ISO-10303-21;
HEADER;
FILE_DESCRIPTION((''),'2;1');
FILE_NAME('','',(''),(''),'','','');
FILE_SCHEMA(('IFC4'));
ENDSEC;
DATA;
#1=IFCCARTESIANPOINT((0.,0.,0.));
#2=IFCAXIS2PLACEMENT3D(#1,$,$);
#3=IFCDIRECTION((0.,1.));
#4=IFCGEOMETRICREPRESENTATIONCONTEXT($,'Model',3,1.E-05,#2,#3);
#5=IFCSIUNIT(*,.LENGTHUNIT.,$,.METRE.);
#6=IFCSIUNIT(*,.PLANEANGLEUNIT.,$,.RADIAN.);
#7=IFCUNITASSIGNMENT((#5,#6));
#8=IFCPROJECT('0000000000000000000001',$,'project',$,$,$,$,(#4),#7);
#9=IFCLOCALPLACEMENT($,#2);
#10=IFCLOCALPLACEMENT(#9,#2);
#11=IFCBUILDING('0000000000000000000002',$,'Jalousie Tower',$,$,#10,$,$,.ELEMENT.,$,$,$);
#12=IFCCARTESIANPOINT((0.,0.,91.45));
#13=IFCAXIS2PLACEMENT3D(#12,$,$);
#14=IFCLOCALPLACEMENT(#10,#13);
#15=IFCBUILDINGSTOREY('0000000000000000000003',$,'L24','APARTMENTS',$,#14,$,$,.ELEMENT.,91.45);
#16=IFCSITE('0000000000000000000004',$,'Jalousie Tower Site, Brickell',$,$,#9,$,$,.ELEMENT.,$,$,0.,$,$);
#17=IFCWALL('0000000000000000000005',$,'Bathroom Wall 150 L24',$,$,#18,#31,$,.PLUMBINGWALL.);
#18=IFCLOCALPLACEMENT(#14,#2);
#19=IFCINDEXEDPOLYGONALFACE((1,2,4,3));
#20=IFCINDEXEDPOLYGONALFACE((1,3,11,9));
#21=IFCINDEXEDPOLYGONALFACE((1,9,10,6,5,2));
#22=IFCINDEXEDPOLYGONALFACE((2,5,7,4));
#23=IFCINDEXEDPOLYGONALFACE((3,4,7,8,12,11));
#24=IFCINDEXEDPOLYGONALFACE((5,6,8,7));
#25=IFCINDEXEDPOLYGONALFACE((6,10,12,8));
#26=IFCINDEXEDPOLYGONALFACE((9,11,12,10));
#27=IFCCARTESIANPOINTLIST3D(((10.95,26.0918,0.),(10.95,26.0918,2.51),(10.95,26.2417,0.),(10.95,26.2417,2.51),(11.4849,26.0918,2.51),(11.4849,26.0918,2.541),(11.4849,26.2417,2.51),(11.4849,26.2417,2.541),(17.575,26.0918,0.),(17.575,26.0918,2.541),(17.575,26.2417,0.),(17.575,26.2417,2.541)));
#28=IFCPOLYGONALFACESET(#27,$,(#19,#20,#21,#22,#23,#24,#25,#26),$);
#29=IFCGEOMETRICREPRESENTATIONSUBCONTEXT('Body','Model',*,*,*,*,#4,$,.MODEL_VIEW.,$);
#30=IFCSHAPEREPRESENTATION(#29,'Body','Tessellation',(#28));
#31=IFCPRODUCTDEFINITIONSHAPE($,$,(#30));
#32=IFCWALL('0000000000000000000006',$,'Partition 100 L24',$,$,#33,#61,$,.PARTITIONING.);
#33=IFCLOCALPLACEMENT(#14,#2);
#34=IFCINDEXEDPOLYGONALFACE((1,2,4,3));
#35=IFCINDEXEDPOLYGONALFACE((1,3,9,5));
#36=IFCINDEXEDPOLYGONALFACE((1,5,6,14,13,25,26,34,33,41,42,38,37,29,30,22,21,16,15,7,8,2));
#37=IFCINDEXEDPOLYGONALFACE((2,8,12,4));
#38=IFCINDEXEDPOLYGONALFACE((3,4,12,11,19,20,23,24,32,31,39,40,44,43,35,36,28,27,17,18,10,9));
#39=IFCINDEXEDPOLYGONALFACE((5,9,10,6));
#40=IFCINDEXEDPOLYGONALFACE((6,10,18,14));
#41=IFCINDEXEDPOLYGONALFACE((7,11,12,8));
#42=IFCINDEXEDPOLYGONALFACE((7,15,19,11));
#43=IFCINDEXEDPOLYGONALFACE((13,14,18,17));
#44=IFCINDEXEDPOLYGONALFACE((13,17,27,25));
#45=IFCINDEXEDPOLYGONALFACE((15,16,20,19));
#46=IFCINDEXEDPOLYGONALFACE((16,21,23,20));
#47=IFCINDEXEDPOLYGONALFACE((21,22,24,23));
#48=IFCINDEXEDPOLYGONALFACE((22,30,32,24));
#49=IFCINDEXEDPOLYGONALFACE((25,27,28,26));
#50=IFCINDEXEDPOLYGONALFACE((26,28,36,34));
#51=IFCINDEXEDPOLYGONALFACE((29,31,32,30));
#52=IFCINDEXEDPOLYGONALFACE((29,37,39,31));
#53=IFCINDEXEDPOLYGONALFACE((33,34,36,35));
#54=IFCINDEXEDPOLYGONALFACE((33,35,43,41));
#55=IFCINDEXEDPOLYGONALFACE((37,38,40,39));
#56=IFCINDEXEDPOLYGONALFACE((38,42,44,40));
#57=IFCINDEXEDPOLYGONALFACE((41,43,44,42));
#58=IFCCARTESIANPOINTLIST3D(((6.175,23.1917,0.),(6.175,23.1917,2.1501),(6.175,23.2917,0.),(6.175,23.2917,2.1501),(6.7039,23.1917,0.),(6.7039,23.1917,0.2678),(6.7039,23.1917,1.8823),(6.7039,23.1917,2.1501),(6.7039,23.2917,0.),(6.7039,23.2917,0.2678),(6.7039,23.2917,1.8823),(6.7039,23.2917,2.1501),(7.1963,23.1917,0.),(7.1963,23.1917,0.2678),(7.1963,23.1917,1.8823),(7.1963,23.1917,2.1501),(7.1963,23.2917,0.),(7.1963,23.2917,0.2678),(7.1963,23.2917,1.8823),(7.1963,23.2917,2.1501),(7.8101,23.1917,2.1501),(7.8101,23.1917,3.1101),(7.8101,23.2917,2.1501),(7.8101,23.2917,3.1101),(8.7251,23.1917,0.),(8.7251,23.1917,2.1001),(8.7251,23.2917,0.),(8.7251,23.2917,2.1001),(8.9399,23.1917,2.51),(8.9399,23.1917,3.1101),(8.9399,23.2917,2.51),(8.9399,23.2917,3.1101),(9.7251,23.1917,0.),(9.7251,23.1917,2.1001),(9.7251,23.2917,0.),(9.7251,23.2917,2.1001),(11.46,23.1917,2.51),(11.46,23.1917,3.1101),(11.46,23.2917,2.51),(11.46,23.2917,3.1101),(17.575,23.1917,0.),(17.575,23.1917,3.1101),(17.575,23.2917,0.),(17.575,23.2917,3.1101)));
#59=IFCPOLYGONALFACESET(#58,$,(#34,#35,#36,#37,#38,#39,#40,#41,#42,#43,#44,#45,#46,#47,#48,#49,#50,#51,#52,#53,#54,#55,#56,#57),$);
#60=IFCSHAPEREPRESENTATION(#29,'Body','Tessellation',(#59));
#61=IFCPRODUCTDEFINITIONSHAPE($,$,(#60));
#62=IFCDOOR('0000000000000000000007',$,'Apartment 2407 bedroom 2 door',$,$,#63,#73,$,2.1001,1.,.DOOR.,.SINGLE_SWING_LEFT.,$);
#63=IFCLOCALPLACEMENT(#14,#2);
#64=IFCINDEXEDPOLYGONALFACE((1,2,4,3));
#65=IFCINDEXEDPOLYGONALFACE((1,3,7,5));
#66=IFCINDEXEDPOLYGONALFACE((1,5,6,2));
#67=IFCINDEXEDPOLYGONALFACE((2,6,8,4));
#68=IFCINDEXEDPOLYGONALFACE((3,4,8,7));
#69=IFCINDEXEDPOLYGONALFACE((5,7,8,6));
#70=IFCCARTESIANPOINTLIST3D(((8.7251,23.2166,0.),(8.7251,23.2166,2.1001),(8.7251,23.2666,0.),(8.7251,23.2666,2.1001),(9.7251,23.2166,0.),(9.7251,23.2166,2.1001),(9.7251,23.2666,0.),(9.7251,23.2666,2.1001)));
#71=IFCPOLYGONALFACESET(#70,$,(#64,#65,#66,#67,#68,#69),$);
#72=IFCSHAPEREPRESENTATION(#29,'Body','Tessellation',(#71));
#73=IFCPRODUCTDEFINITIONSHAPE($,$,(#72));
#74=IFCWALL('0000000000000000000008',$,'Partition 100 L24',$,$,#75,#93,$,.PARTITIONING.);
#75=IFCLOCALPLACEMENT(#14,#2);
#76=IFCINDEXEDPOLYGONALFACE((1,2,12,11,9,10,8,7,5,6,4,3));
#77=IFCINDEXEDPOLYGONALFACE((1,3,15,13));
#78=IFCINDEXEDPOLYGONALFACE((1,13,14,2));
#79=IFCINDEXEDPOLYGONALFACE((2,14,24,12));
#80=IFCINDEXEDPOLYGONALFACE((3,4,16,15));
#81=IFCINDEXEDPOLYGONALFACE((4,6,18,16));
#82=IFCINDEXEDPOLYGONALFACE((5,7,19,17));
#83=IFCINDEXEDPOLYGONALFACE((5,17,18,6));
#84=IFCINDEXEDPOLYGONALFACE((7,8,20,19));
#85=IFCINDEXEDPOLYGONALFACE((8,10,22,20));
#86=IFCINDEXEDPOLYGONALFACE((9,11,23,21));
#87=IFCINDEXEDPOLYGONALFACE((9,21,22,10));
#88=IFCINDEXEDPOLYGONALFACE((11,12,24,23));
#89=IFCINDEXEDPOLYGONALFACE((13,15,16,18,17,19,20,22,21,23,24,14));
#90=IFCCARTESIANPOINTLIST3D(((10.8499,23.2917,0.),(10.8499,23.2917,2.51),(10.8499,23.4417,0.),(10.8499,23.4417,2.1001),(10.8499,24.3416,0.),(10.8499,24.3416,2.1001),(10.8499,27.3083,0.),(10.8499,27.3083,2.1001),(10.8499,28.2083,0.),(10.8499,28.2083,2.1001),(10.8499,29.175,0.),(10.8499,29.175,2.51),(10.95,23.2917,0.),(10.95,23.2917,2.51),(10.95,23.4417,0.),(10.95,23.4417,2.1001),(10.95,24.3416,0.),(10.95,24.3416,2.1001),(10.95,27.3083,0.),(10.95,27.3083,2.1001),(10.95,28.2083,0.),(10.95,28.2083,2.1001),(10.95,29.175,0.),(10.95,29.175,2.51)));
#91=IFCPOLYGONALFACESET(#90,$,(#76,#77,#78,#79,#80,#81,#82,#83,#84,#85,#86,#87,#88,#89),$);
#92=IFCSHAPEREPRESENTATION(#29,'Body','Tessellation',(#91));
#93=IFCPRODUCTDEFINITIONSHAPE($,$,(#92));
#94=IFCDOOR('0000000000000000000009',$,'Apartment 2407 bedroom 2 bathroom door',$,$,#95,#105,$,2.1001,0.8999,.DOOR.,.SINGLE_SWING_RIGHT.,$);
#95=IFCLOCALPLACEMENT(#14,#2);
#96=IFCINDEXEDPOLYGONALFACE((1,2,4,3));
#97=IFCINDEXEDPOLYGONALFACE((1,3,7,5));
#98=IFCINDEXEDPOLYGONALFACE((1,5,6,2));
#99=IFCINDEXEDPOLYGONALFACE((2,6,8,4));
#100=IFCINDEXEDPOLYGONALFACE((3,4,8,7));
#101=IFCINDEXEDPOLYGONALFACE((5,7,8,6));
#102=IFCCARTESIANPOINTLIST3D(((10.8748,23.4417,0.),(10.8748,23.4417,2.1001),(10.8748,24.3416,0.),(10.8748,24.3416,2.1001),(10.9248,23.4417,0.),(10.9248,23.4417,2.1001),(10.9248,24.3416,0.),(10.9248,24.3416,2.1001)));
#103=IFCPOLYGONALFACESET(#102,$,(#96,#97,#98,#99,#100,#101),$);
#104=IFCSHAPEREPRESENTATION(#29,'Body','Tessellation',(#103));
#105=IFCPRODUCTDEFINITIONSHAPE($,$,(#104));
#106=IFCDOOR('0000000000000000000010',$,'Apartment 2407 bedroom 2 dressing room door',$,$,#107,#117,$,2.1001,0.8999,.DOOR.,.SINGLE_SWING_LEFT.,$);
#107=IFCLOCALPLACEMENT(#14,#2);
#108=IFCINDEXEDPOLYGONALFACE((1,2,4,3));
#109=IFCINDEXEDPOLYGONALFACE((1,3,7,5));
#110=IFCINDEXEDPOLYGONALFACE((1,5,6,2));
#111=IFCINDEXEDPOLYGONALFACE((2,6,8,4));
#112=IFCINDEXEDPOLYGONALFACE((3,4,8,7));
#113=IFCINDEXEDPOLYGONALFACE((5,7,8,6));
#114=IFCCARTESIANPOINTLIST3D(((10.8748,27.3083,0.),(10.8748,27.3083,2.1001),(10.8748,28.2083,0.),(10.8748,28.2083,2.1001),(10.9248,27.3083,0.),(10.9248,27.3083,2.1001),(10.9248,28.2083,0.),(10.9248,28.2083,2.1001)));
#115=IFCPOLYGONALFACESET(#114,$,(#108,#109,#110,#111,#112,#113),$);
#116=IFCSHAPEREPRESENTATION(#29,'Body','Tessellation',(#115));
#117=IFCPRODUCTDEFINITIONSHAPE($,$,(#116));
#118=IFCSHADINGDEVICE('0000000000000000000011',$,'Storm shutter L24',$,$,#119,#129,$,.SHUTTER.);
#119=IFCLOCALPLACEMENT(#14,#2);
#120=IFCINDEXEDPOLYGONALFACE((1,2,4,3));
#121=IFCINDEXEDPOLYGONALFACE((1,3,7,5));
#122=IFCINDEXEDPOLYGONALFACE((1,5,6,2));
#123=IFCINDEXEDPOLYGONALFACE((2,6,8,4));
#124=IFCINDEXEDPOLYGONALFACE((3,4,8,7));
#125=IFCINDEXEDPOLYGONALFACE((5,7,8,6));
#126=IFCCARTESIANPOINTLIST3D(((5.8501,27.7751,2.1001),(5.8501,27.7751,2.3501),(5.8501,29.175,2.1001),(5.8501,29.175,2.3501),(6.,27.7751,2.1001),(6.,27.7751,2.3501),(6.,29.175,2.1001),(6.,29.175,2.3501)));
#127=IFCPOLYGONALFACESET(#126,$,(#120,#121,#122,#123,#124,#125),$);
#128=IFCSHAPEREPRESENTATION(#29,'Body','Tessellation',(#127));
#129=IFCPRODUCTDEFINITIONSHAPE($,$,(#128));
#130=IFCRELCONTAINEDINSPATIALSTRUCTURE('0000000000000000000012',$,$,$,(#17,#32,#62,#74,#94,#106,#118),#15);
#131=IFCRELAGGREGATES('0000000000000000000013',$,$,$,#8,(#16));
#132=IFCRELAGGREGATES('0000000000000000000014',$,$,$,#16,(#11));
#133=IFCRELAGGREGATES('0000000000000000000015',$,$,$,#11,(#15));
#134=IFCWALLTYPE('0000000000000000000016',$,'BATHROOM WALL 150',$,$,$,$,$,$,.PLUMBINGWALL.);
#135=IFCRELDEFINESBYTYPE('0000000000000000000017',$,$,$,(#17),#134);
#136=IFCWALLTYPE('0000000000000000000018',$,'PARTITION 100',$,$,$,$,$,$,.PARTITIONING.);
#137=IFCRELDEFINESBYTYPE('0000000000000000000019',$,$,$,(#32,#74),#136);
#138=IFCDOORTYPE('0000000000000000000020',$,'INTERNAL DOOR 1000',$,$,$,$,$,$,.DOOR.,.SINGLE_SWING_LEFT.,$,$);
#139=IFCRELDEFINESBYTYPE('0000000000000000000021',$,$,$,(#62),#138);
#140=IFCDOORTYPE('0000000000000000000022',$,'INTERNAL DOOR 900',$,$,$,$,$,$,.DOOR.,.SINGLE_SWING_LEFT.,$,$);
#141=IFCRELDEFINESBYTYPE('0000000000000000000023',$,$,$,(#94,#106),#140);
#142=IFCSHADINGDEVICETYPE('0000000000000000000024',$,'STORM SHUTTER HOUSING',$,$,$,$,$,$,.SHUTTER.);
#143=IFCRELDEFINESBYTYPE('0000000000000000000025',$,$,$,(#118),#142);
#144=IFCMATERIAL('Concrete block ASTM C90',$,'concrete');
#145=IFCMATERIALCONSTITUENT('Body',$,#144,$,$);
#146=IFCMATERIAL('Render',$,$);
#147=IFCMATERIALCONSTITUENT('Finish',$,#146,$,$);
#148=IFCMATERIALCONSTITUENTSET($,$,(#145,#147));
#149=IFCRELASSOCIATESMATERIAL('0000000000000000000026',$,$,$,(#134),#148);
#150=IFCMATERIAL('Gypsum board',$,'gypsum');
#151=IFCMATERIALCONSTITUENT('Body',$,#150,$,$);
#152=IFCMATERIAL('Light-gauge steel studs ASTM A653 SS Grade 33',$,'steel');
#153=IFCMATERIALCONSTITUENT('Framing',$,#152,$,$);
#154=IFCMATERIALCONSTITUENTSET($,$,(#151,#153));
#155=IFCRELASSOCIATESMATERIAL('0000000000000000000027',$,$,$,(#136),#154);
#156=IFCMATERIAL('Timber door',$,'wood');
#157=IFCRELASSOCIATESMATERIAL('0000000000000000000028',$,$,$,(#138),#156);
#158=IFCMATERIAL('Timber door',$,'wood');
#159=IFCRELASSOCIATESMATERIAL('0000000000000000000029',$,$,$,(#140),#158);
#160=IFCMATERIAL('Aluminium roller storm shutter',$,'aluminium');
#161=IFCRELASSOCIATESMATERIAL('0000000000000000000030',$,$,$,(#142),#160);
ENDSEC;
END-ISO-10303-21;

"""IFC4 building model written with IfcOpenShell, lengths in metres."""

from ifc_helpers import new_model, si_unit, direction, frame, frame_2d, origin, origin_2d, place, context, subcontext, project, spatial, polyline, rectangle, outline, extrude, material, constituent, constituent_set, type_object, element, fill, save


model = new_model("IFC4")

# Units and contexts
model_context = context("Model", 3, precision=1e-05, world=origin(), true_north=direction((0.0, 1.0)))
body_context = subcontext(model_context, "Body", "Model", "MODEL_VIEW")
ifc_project = project(units=[si_unit("LENGTHUNIT", "METRE"), si_unit("PLANEANGLEUNIT", "RADIAN")], contexts=[model_context])

# Site, building, storey
site_placement = place(None, origin())
site = spatial("IfcSite", under=ifc_project, at=site_placement, Name="Jalousie Tower Site, Brickell", CompositionType="ELEMENT", RefElevation=0.0)
building_placement = place(site_placement, origin())
building = spatial("IfcBuilding", under=site, at=building_placement, Name="Jalousie Tower", CompositionType="ELEMENT")
storey_placement = place(building_placement, frame((0.0, 0.0, 91.45)))
storey = spatial("IfcBuildingStorey", under=building, at=storey_placement, Name="L24", Description="APARTMENTS", CompositionType="ELEMENT", Elevation=91.45)

# Wall
ifc_material_1 = material(Name="Concrete block ASTM C90", Category="concrete")
ifc_constituent_1 = constituent(ifc_material_1, Name="Body")
ifc_material_2 = material(Name="Render")
ifc_constituent_2 = constituent(ifc_material_2, Name="Finish")
ifc_constituent_set_1 = constituent_set(constituents=[ifc_constituent_1, ifc_constituent_2])
wall_type_1 = type_object("IfcWallType", Name="BATHROOM WALL 150", PredefinedType="PLUMBINGWALL", material=ifc_constituent_set_1)
wall_1_placement = place(storey_placement, frame((10.95, 26.1667, 0.0), z_axis=(0.0, 0.0, 1.0), x_axis=(1.0, 0.0, 0.0)))
element("IfcWall", 1, at=wall_1_placement, inside=storey, type_object=wall_type_1, Name="Bathroom Wall 150 L24", PredefinedType="PLUMBINGWALL", context=body_context, shape_type="SweptSolid", body=[
    extrude(outline(polyline([(0.0, 0.0), (6.625, 0.0), (6.625, 3.1101), (6.625, 2.541), (0.5349, 2.541), (0.5349, 2.51), (0.0, 2.51), (0.0, 3.1101), (0.0, 0.0)])), frame((0.0, 0.075, 0.0), z_axis=(0.0, -1.0, 0.0), x_axis=(1.0, 0.0, 0.0)), (0.0, 0.0, 1.0), 0.1499),
])

# Wall, opening, door
ifc_material_3 = material(Name="Gypsum board", Category="gypsum")
ifc_constituent_3 = constituent(ifc_material_3, Name="Body")
ifc_material_4 = material(Name="Light-gauge steel studs ASTM A653 SS Grade 33", Category="steel")
ifc_constituent_4 = constituent(ifc_material_4, Name="Framing")
ifc_constituent_set_2 = constituent_set(constituents=[ifc_constituent_3, ifc_constituent_4])
wall_type_2 = type_object("IfcWallType", Name="PARTITION 100", PredefinedType="PARTITIONING", material=ifc_constituent_set_2)
wall_2_placement = place(storey_placement, frame((6.175, 23.2417, 0.0), z_axis=(0.0, 0.0, 1.0), x_axis=(1.0, 0.0, 0.0)))
wall_2 = element("IfcWall", 2, at=wall_2_placement, inside=storey, type_object=wall_type_2, Name="Partition 100 L24", PredefinedType="PARTITIONING", context=body_context, shape_type="SweptSolid", body=[
    extrude(outline(polyline([(0.5288, 2.1501), (0.0, 2.1501), (0.0, 0.0), (0.5288, 0.0), (0.5288, 0.2678), (1.0212, 0.2678), (1.0212, 0.0), (11.3999, 0.0), (11.3999, 3.1101), (5.2849, 3.1101), (5.2849, 2.51), (2.7649, 2.51), (2.7649, 3.1101), (1.635, 3.1101), (1.635, 2.1501), (1.0212, 2.1501), (1.0212, 1.8823), (0.5288, 1.8823), (0.5288, 2.1501)])), frame((0.0, 0.05, 0.0), z_axis=(0.0, -1.0, 0.0), x_axis=(1.0, 0.0, 0.0)), (0.0, 0.0, 1.0), 0.1001),
])
opening_1_placement = place(wall_2_placement, frame((2.55, 0.0, 0.0)))
opening_1 = element("IfcOpeningElement", 3, at=opening_1_placement, cuts=wall_2, PredefinedType="OPENING", context=body_context, shape_type="SweptSolid", body=[
    extrude(rectangle(XDim=1.0, YDim=2.1001, at=frame_2d((0.5, 1.05))), frame((0.0, 0.0601, 0.0), z_axis=(0.0, -1.0, 0.0), x_axis=(1.0, 0.0, 0.0)), (0.0, 0.0, 1.0), 0.1201),
])
ifc_material_5 = material(Name="Timber door", Category="wood")
door_type_1 = type_object("IfcDoorType", Name="INTERNAL DOOR 1000", OperationType="SINGLE_SWING_LEFT", PredefinedType="DOOR", material=ifc_material_5)
door_1_placement = place(opening_1_placement, origin())
door_1 = element("IfcDoor", 4, at=door_1_placement, inside=storey, type_object=door_type_1, Name="Apartment 2407 bedroom 2 door", OperationType="SINGLE_SWING_LEFT", OverallHeight=2.1001, OverallWidth=1.0, PredefinedType="DOOR", context=body_context, shape_type="SweptSolid", body=[
    extrude(rectangle(XDim=1.0, YDim=2.1001, at=frame_2d((0.5, 1.05))), frame((0.0, 0.0249, 0.0), z_axis=(0.0, -1.0, 0.0), x_axis=(1.0, 0.0, 0.0)), (0.0, 0.0, 1.0), 0.05),
])
fill(opening_1, door_1)

# Wall, openings, doors
wall_3_placement = place(storey_placement, frame((10.8999, 23.2917, 0.0), z_axis=(0.0, 0.0, 1.0), x_axis=(0.0, 1.0, 0.0)))
wall_3 = element("IfcWall", 5, at=wall_3_placement, inside=storey, type_object=wall_type_2, Name="Partition 100 L24", PredefinedType="PARTITIONING", context=body_context, shape_type="SweptSolid", body=[
    extrude(outline(polyline([(0.0, 0.0), (5.8833, 0.0), (5.8833, 3.1101), (5.8833, 2.51), (1.7683, 2.51), (0.0, 2.51), (0.0, 3.1101), (0.0, 0.0)])), frame((0.0, 0.05, 0.0), z_axis=(0.0, -1.0, 0.0), x_axis=(1.0, 0.0, 0.0)), (0.0, 0.0, 1.0), 0.1001),
])
opening_2_placement = place(wall_3_placement, frame((0.1499, 0.0, 0.0)))
opening_2 = element("IfcOpeningElement", 6, at=opening_2_placement, cuts=wall_3, PredefinedType="OPENING", context=body_context, shape_type="SweptSolid", body=[
    extrude(rectangle(XDim=0.8999, YDim=2.1001, at=frame_2d((0.45, 1.05))), frame((0.0, 0.0601, 0.0), z_axis=(0.0, -1.0, 0.0), x_axis=(1.0, 0.0, 0.0)), (0.0, 0.0, 1.0), 0.1201),
])
opening_3_placement = place(wall_3_placement, frame((4.0166, 0.0, 0.0)))
opening_3 = element("IfcOpeningElement", 7, at=opening_3_placement, cuts=wall_3, PredefinedType="OPENING", context=body_context, shape_type="SweptSolid", body=[
    extrude(rectangle(XDim=0.8999, YDim=2.1001, at=frame_2d((0.45, 1.05))), frame((0.0, 0.0601, 0.0), z_axis=(0.0, -1.0, 0.0), x_axis=(1.0, 0.0, 0.0)), (0.0, 0.0, 1.0), 0.1201),
])
ifc_material_6 = material(Name="Timber door", Category="wood")
door_type_2 = type_object("IfcDoorType", Name="INTERNAL DOOR 900", OperationType="SINGLE_SWING_LEFT", PredefinedType="DOOR", material=ifc_material_6)
door_2_placement = place(opening_2_placement, frame((0.8999, 0.0, 0.0), z_axis=(0.0, 0.0, 1.0), x_axis=(-1.0, 0.0, 0.0)))
door_2 = element("IfcDoor", 8, at=door_2_placement, inside=storey, type_object=door_type_2, Name="Apartment 2407 bedroom 2 bathroom door", OperationType="SINGLE_SWING_RIGHT", OverallHeight=2.1001, OverallWidth=0.8999, PredefinedType="DOOR", context=body_context, shape_type="SweptSolid", body=[
    extrude(rectangle(XDim=0.8999, YDim=2.1001, at=frame_2d((0.45, 1.05))), frame((0.0, 0.0249, 0.0), z_axis=(0.0, -1.0, 0.0), x_axis=(1.0, 0.0, 0.0)), (0.0, 0.0, 1.0), 0.05),
])
fill(opening_2, door_2)
door_3_placement = place(opening_3_placement, frame((0.8999, 0.0, 0.0), z_axis=(0.0, 0.0, 1.0), x_axis=(-1.0, 0.0, 0.0)))
door_3 = element("IfcDoor", 9, at=door_3_placement, inside=storey, type_object=door_type_2, Name="Apartment 2407 bedroom 2 dressing room door", OperationType="SINGLE_SWING_LEFT", OverallHeight=2.1001, OverallWidth=0.8999, PredefinedType="DOOR", context=body_context, shape_type="SweptSolid", body=[
    extrude(rectangle(XDim=0.8999, YDim=2.1001, at=frame_2d((0.45, 1.05))), frame((0.0, 0.0249, 0.0), z_axis=(0.0, -1.0, 0.0), x_axis=(1.0, 0.0, 0.0)), (0.0, 0.0, 1.0), 0.05),
])
fill(opening_3, door_3)

# Shading device
ifc_material_7 = material(Name="Aluminium roller storm shutter", Category="aluminium")
shading_device_type = type_object("IfcShadingDeviceType", Name="STORM SHUTTER HOUSING", PredefinedType="SHUTTER", material=ifc_material_7)
shading_device_placement = place(storey_placement, frame((5.925, 28.4751, 2.1001), z_axis=(0.0, 0.0, 1.0), x_axis=(0.0, -1.0, 0.0)))
element("IfcShadingDevice", 10, at=shading_device_placement, inside=storey, type_object=shading_device_type, Name="Storm shutter L24", PredefinedType="SHUTTER", context=body_context, shape_type="SweptSolid", body=[
    extrude(rectangle(XDim=1.3999, YDim=0.1499, at=origin_2d()), origin(), (0.0, 0.0, 1.0), 0.25),
])

save(model, "model.ifc")
